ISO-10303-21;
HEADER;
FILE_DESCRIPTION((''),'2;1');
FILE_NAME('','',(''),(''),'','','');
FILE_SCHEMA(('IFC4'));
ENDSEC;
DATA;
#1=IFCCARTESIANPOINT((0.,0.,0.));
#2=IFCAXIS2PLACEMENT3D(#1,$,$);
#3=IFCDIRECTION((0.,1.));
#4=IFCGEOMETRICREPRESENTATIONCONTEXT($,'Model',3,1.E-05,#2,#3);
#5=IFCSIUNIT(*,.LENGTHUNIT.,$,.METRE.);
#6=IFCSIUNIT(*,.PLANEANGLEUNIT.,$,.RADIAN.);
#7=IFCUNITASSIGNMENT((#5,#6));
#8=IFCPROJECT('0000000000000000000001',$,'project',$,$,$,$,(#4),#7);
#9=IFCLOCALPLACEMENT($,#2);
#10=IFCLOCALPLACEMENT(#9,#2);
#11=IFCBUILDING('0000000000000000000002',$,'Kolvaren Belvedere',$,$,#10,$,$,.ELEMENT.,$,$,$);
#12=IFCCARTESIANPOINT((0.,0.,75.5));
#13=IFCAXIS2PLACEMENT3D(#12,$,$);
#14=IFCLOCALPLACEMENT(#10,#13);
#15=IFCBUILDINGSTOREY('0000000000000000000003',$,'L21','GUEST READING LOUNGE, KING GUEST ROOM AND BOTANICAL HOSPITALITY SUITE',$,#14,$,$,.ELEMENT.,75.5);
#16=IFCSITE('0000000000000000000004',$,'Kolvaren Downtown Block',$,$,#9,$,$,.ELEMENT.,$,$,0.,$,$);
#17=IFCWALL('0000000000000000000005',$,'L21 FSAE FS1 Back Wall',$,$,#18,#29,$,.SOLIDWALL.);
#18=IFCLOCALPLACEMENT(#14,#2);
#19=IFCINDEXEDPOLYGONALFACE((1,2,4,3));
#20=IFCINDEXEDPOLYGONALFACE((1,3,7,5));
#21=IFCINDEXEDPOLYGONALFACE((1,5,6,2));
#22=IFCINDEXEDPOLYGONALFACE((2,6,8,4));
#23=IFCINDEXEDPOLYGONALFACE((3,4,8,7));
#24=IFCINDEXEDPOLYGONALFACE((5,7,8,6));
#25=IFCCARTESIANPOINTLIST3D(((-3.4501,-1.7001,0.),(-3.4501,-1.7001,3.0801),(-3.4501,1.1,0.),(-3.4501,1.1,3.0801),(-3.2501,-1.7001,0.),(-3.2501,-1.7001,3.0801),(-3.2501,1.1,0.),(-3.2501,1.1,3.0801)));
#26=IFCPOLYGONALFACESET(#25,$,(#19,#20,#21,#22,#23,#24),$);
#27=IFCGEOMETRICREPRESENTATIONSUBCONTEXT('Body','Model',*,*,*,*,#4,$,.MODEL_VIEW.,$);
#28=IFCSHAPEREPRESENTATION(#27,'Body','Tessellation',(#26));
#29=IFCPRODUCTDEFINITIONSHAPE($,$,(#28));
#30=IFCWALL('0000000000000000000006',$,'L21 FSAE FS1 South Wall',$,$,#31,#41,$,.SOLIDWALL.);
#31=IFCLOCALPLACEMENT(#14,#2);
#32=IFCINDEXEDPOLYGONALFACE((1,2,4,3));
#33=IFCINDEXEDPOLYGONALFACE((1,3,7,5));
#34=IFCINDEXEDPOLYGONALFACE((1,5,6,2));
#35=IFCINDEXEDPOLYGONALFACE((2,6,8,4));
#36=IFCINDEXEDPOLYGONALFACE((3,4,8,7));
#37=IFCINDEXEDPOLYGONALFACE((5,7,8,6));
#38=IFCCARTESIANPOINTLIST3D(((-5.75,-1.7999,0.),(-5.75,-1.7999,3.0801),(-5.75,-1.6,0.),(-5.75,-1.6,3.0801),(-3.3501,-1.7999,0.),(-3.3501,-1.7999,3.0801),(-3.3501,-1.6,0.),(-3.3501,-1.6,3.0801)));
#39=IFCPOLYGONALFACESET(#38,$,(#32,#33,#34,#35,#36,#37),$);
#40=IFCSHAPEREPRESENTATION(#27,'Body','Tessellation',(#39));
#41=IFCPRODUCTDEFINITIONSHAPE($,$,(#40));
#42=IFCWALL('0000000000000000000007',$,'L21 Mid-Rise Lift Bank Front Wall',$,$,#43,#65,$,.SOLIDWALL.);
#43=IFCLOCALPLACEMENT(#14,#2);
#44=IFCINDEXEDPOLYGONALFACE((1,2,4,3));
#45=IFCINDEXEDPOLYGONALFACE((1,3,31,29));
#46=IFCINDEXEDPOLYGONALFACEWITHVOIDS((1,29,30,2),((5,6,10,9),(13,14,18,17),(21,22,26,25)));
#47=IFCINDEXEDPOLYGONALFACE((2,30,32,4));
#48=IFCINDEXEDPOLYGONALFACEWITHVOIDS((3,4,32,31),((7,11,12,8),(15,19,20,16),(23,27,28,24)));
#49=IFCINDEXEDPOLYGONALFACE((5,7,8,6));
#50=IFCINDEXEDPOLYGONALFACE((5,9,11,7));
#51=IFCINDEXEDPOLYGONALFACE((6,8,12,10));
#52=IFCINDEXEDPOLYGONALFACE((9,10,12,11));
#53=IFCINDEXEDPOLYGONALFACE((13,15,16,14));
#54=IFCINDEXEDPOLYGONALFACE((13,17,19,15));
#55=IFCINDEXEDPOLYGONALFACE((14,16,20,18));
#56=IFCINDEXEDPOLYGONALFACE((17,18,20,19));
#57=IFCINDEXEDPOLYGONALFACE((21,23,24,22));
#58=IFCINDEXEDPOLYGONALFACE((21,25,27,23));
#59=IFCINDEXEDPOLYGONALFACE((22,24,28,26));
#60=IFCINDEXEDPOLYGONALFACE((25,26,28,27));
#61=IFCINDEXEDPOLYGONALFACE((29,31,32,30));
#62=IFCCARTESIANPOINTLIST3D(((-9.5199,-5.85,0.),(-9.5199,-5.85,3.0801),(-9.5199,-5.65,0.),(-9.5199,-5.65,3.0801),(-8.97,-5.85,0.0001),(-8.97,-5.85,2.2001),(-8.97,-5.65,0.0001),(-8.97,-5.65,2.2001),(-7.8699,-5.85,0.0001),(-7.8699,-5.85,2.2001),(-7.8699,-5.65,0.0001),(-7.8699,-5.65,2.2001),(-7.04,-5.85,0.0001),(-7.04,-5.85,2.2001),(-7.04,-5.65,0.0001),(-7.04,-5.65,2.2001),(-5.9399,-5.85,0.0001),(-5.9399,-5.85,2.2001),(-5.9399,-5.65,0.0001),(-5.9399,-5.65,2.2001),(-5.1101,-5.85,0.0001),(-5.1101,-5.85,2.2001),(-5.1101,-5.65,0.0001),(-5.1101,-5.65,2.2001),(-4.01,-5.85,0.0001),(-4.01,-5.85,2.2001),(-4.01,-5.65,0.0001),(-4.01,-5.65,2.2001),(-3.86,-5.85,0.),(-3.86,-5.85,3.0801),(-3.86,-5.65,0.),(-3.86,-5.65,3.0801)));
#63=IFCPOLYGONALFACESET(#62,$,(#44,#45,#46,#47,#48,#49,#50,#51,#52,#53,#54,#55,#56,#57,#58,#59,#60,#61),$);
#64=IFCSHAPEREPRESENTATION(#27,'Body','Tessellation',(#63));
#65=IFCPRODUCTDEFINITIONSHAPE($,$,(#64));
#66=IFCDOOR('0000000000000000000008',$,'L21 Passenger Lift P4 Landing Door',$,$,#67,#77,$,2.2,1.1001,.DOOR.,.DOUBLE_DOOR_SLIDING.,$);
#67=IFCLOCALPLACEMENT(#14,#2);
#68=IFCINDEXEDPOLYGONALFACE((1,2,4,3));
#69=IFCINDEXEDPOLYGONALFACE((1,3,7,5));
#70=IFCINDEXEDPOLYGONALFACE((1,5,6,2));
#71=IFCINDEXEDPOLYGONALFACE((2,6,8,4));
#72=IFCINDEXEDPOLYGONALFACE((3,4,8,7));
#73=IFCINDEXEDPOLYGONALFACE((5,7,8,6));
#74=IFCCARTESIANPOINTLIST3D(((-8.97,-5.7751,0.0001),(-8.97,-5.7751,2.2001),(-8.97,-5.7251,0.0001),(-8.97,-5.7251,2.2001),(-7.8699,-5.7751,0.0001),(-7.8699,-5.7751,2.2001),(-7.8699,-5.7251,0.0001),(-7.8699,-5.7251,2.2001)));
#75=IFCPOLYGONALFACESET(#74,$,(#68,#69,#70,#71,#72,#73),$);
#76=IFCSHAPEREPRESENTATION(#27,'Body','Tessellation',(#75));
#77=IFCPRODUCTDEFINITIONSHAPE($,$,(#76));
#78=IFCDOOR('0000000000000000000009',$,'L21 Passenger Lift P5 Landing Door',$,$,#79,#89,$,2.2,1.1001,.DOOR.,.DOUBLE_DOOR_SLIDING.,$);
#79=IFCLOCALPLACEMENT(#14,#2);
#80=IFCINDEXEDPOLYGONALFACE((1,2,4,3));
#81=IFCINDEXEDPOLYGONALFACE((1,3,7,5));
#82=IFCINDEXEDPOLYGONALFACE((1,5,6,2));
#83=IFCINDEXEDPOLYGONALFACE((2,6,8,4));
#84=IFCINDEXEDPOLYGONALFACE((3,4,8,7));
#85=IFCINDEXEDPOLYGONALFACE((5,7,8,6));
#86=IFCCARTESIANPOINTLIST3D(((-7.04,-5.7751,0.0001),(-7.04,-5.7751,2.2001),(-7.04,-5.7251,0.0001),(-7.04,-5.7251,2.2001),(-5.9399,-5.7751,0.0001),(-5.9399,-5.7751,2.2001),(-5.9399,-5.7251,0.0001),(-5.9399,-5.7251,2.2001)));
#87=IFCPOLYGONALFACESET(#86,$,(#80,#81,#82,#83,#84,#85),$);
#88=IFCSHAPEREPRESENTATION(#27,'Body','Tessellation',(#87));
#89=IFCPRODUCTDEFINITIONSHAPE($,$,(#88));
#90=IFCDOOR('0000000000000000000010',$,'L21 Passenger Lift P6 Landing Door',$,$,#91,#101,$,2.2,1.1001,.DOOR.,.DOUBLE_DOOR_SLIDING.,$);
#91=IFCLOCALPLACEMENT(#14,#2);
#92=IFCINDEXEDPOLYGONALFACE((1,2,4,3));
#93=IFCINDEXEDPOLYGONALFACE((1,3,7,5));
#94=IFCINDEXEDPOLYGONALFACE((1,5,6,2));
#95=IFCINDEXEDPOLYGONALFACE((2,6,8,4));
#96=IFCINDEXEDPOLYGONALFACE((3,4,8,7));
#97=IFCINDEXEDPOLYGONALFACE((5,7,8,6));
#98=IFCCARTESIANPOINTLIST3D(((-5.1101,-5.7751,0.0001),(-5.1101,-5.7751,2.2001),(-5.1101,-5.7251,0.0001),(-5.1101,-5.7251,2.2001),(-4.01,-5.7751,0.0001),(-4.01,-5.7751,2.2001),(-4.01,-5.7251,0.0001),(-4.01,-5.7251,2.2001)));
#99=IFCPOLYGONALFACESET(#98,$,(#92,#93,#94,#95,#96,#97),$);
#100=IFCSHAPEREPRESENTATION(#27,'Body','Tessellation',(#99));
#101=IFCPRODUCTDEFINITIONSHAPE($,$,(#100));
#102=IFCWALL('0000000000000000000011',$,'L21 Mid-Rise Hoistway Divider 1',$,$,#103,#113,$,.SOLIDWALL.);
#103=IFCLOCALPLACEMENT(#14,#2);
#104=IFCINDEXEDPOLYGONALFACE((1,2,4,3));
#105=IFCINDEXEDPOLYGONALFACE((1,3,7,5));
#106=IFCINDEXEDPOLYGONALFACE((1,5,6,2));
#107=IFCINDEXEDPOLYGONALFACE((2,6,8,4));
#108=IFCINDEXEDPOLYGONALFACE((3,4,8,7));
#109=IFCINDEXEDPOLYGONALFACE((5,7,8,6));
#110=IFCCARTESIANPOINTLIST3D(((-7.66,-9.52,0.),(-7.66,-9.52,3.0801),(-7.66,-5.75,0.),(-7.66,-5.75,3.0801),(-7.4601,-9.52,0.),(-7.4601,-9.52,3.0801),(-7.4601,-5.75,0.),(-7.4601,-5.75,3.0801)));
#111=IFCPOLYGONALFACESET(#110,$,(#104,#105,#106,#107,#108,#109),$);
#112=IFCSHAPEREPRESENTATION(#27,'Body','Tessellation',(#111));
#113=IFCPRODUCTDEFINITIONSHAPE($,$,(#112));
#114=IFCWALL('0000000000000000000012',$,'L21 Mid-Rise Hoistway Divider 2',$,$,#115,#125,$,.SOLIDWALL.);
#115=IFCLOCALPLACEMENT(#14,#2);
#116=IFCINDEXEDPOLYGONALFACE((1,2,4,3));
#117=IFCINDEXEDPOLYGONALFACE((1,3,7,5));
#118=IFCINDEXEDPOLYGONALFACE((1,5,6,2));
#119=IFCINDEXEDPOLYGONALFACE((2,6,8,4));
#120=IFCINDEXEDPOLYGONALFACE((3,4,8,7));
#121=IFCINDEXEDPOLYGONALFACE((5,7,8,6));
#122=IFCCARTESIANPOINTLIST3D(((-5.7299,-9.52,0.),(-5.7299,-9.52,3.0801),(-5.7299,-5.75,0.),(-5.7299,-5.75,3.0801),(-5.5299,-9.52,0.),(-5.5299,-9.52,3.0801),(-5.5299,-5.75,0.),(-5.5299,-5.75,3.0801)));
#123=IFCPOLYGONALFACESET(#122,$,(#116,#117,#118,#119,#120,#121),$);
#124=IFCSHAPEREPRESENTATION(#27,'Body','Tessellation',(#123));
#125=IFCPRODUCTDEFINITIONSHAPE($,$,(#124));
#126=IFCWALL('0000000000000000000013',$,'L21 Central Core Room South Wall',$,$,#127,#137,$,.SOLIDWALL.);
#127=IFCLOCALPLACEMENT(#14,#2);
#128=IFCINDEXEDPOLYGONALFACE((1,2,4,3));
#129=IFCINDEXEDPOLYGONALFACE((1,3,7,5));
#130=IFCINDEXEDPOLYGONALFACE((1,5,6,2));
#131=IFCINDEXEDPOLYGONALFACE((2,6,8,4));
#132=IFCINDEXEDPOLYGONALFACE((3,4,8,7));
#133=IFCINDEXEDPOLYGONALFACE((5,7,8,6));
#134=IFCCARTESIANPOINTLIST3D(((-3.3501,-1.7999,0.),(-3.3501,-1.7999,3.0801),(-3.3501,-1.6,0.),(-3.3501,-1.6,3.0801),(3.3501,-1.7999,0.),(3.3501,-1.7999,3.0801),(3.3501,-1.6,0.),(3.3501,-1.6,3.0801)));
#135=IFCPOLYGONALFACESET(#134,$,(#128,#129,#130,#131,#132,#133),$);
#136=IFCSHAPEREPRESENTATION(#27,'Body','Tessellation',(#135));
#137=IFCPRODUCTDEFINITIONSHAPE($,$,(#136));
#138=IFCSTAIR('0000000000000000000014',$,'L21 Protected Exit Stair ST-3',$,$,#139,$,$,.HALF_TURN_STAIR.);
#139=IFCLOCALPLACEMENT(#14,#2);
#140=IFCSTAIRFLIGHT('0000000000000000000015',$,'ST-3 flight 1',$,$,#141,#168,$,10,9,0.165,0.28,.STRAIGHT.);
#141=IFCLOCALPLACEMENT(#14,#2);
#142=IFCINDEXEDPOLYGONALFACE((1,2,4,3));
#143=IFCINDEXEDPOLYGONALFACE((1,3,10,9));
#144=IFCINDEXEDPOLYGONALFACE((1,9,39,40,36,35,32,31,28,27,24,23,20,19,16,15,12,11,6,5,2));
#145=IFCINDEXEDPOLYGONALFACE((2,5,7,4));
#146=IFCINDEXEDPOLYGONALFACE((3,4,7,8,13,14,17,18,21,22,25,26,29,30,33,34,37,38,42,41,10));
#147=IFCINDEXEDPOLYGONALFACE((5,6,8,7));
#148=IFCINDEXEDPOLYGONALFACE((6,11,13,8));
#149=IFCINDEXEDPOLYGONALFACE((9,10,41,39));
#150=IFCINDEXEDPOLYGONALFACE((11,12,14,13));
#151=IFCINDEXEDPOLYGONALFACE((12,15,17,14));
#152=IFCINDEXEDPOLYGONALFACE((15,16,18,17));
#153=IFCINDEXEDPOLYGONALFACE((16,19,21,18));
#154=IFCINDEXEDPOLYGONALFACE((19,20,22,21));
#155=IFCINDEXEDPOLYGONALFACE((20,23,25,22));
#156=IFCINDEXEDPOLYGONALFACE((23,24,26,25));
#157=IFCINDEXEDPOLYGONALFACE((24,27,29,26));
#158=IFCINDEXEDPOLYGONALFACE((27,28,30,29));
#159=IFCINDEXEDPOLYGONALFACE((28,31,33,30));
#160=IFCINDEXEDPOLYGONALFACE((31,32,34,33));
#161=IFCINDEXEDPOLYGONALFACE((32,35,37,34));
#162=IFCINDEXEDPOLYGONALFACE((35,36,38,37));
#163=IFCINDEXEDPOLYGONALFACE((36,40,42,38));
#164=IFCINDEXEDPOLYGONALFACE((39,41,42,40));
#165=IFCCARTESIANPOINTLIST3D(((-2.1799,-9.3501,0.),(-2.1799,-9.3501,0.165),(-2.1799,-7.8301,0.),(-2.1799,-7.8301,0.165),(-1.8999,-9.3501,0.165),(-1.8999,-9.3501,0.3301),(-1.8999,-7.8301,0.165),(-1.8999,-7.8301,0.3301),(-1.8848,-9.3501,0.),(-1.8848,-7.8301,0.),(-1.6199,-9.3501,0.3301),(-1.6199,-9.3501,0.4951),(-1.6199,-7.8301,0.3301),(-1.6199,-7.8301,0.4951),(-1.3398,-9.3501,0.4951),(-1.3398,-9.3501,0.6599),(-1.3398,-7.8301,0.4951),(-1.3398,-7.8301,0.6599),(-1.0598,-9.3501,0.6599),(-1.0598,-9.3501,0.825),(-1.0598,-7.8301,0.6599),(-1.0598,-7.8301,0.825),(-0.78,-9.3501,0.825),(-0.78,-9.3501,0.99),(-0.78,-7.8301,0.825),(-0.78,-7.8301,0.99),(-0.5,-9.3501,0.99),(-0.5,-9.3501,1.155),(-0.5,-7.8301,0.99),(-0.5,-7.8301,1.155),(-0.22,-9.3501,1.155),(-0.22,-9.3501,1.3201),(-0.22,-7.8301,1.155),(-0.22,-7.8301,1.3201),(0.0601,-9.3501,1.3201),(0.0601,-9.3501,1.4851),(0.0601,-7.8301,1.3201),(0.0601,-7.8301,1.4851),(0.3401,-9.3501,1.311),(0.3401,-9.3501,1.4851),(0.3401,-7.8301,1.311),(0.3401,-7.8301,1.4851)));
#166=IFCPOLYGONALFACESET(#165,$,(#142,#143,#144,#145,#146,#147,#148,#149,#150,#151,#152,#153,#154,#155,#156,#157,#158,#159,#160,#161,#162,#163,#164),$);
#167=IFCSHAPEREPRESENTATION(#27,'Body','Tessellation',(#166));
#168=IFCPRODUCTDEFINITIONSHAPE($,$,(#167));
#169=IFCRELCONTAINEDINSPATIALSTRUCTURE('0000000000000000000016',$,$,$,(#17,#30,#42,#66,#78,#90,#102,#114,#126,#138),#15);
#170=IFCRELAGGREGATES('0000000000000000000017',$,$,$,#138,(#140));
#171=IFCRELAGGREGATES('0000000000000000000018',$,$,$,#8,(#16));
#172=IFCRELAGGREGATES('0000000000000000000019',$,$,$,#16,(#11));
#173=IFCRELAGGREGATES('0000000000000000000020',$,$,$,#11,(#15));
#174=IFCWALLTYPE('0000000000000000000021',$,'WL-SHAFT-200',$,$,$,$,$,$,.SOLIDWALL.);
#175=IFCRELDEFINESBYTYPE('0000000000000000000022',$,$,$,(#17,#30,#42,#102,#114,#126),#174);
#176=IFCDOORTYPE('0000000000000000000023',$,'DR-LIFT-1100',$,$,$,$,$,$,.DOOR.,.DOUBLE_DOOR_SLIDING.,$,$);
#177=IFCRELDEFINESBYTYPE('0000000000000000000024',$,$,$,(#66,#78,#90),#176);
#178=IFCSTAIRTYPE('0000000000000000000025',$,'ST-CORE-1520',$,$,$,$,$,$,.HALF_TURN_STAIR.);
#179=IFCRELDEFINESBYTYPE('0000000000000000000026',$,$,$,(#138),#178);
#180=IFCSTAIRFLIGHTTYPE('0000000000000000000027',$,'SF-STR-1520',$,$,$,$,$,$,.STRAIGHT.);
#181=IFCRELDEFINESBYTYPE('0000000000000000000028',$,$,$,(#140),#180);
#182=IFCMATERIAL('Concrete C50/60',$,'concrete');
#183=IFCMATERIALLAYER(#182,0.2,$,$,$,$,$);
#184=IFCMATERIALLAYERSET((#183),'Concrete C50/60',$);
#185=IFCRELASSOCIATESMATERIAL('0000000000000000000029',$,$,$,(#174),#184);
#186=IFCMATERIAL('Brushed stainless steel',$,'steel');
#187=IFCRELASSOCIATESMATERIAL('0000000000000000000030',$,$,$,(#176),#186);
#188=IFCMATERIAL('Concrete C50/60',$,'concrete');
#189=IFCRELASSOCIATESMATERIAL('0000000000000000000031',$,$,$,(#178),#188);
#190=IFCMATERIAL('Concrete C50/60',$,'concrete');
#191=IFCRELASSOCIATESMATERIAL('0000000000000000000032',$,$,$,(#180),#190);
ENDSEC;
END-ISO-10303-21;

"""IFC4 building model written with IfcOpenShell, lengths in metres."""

from ifc_helpers import new_model, si_unit, direction, frame, frame_2d, origin, place, context, subcontext, project, spatial, polyline, rectangle, outline, extrude, material, layer, layer_set, type_object, element, fill, aggregate, save


model = new_model("IFC4")

# Units and contexts
model_context = context("Model", 3, precision=1e-05, world=origin(), true_north=direction((0.0, 1.0)))
body_context = subcontext(model_context, "Body", "Model", "MODEL_VIEW")
ifc_project = project(units=[si_unit("LENGTHUNIT", "METRE"), si_unit("PLANEANGLEUNIT", "RADIAN")], contexts=[model_context])

# Site, building, storey
site_placement = place(None, origin())
site = spatial("IfcSite", under=ifc_project, at=site_placement, Name="Kolvaren Downtown Block", CompositionType="ELEMENT", RefElevation=0.0)
building_placement = place(site_placement, origin())
building = spatial("IfcBuilding", under=site, at=building_placement, Name="Kolvaren Belvedere", CompositionType="ELEMENT")
storey_placement = place(building_placement, frame((0.0, 0.0, 75.5)))
storey = spatial("IfcBuildingStorey", under=building, at=storey_placement, Name="L21", Description="GUEST READING LOUNGE, KING GUEST ROOM AND BOTANICAL HOSPITALITY SUITE", CompositionType="ELEMENT", Elevation=75.5)

# Shared definitions
ifc_material_1 = material(Name="Concrete C50/60", Category="concrete")
ifc_layer_1 = layer(ifc_material_1, 0.2)
ifc_layer_set_1 = layer_set([ifc_layer_1], Name="Concrete C50/60")
wall_type_1 = type_object("IfcWallType", Name="WL-SHAFT-200", PredefinedType="SOLIDWALL", material=ifc_layer_set_1)
ifc_material_2 = material(Name="Brushed stainless steel", Category="steel")
door_type_1 = type_object("IfcDoorType", Name="DR-LIFT-1100", OperationType="DOUBLE_DOOR_SLIDING", PredefinedType="DOOR", material=ifc_material_2)

# Walls
wall_1_placement = place(storey_placement, frame((-3.3501, -1.7, 0.0), z_axis=(0.0, 0.0, 1.0), x_axis=(0.0, 1.0, 0.0)))
element("IfcWall", 1, at=wall_1_placement, inside=storey, type_object=wall_type_1, Name="L21 FSAE FS1 Back Wall", PredefinedType="SOLIDWALL", context=body_context, shape_type="SweptSolid", body=[
    extrude(rectangle(XDim=2.8, YDim=0.2, at=frame_2d((1.3999, 0.0))), origin(), (0.0, 0.0, 1.0), 3.0801),
])
wall_2_placement = place(storey_placement, frame((-5.75, -1.7, 0.0), z_axis=(0.0, 0.0, 1.0), x_axis=(1.0, 0.0, 0.0)))
element("IfcWall", 2, at=wall_2_placement, inside=storey, type_object=wall_type_1, Name="L21 FSAE FS1 South Wall", PredefinedType="SOLIDWALL", context=body_context, shape_type="SweptSolid", body=[
    extrude(rectangle(XDim=2.3999, YDim=0.2, at=frame_2d((1.2, 0.0))), origin(), (0.0, 0.0, 1.0), 3.0801),
])

# Wall, openings, doors
wall_3_placement = place(storey_placement, frame((-9.52, -5.75, 0.0), z_axis=(0.0, 0.0, 1.0), x_axis=(1.0, 0.0, 0.0)))
wall_3 = element("IfcWall", 3, at=wall_3_placement, inside=storey, type_object=wall_type_1, Name="L21 Mid-Rise Lift Bank Front Wall", PredefinedType="SOLIDWALL", context=body_context, shape_type="SweptSolid", body=[
    extrude(rectangle(XDim=5.6599, YDim=0.2, at=frame_2d((2.8301, 0.0))), origin(), (0.0, 0.0, 1.0), 3.0801),
])
opening_1_placement = place(wall_3_placement, frame((0.55, 0.0, 0.0)))
opening_1 = element("IfcOpeningElement", 4, at=opening_1_placement, cuts=wall_3, PredefinedType="OPENING", context=body_context, shape_type="SweptSolid", body=[
    extrude(rectangle(XDim=1.1001, YDim=2.2, at=frame_2d((0.55, 1.1001))), frame((0.0, 0.1099, 0.0), z_axis=(0.0, -1.0, 0.0), x_axis=(1.0, 0.0, 0.0)), (0.0, 0.0, 1.0), 0.22),
])
opening_2_placement = place(wall_3_placement, frame((2.48, 0.0, 0.0)))
opening_2 = element("IfcOpeningElement", 5, at=opening_2_placement, cuts=wall_3, PredefinedType="OPENING", context=body_context, shape_type="SweptSolid", body=[
    extrude(rectangle(XDim=1.1001, YDim=2.2, at=frame_2d((0.55, 1.1001))), frame((0.0, 0.1099, 0.0), z_axis=(0.0, -1.0, 0.0), x_axis=(1.0, 0.0, 0.0)), (0.0, 0.0, 1.0), 0.22),
])
opening_3_placement = place(wall_3_placement, frame((4.4099, 0.0, 0.0)))
opening_3 = element("IfcOpeningElement", 6, at=opening_3_placement, cuts=wall_3, PredefinedType="OPENING", context=body_context, shape_type="SweptSolid", body=[
    extrude(rectangle(XDim=1.1001, YDim=2.2, at=frame_2d((0.55, 1.1001))), frame((0.0, 0.1099, 0.0), z_axis=(0.0, -1.0, 0.0), x_axis=(1.0, 0.0, 0.0)), (0.0, 0.0, 1.0), 0.22),
])
door_1_placement = place(opening_1_placement, origin())
door_1 = element("IfcDoor", 7, at=door_1_placement, inside=storey, type_object=door_type_1, Name="L21 Passenger Lift P4 Landing Door", OperationType="DOUBLE_DOOR_SLIDING", OverallHeight=2.2, OverallWidth=1.1001, PredefinedType="DOOR", context=body_context, shape_type="SweptSolid", body=[
    extrude(rectangle(XDim=1.1001, YDim=2.2, at=frame_2d((0.55, 1.1001))), frame((0.0, 0.0249, 0.0), z_axis=(0.0, -1.0, 0.0), x_axis=(1.0, 0.0, 0.0)), (0.0, 0.0, 1.0), 0.05),
])
fill(opening_1, door_1)
door_2_placement = place(opening_2_placement, origin())
door_2 = element("IfcDoor", 8, at=door_2_placement, inside=storey, type_object=door_type_1, Name="L21 Passenger Lift P5 Landing Door", OperationType="DOUBLE_DOOR_SLIDING", OverallHeight=2.2, OverallWidth=1.1001, PredefinedType="DOOR", context=body_context, shape_type="SweptSolid", body=[
    extrude(rectangle(XDim=1.1001, YDim=2.2, at=frame_2d((0.55, 1.1001))), frame((0.0, 0.0249, 0.0), z_axis=(0.0, -1.0, 0.0), x_axis=(1.0, 0.0, 0.0)), (0.0, 0.0, 1.0), 0.05),
])
fill(opening_2, door_2)
door_3_placement = place(opening_3_placement, origin())
door_3 = element("IfcDoor", 9, at=door_3_placement, inside=storey, type_object=door_type_1, Name="L21 Passenger Lift P6 Landing Door", OperationType="DOUBLE_DOOR_SLIDING", OverallHeight=2.2, OverallWidth=1.1001, PredefinedType="DOOR", context=body_context, shape_type="SweptSolid", body=[
    extrude(rectangle(XDim=1.1001, YDim=2.2, at=frame_2d((0.55, 1.1001))), frame((0.0, 0.0249, 0.0), z_axis=(0.0, -1.0, 0.0), x_axis=(1.0, 0.0, 0.0)), (0.0, 0.0, 1.0), 0.05),
])
fill(opening_3, door_3)

# Walls
for number, where, z_axis, x_axis, name in (
    (10, (-7.5601, -9.52, 0.0), (0.0, 0.0, 1.0), (0.0, 1.0, 0.0), "L21 Mid-Rise Hoistway Divider 1"),
    (11, (-5.6299, -9.52, 0.0), (0.0, 0.0, 1.0), (0.0, 1.0, 0.0), "L21 Mid-Rise Hoistway Divider 2"),
):
    element("IfcWall", number, at=place(storey_placement, frame(where, z_axis=z_axis, x_axis=x_axis)), inside=storey, type_object=wall_type_1, Name=name, PredefinedType="SOLIDWALL", context=body_context, shape_type="SweptSolid", body=[
        extrude(rectangle(XDim=3.77, YDim=0.2, at=frame_2d((1.885, 0.0))), origin(), (0.0, 0.0, 1.0), 3.0801),
    ])
wall_4_placement = place(storey_placement, frame((-3.3501, -1.7, 0.0), z_axis=(0.0, 0.0, 1.0), x_axis=(1.0, 0.0, 0.0)))
element("IfcWall", 12, at=wall_4_placement, inside=storey, type_object=wall_type_1, Name="L21 Central Core Room South Wall", PredefinedType="SOLIDWALL", context=body_context, shape_type="SweptSolid", body=[
    extrude(rectangle(XDim=6.7002, YDim=0.2, at=frame_2d((3.3501, 0.0))), origin(), (0.0, 0.0, 1.0), 3.0801),
])

# Stair, stair flight
ifc_material_3 = material(Name="Concrete C50/60", Category="concrete")
stair_type = type_object("IfcStairType", Name="ST-CORE-1520", PredefinedType="HALF_TURN_STAIR", material=ifc_material_3)
stair_placement = place(storey_placement, origin())
stair = element("IfcStair", 13, at=stair_placement, inside=storey, type_object=stair_type, Name="L21 Protected Exit Stair ST-3", PredefinedType="HALF_TURN_STAIR")
ifc_material_4 = material(Name="Concrete C50/60", Category="concrete")
stair_flight_type = type_object("IfcStairFlightType", Name="SF-STR-1520", PredefinedType="STRAIGHT", material=ifc_material_4)
stair_flight_placement = place(storey_placement, frame((-2.1799, -8.5901, 0.0), z_axis=(0.0, 0.0, 1.0), x_axis=(1.0, 0.0, 0.0)))
stair_flight = element("IfcStairFlight", 14, at=stair_flight_placement, type_object=stair_flight_type, Name="ST-3 flight 1", NumberOfRisers=10, NumberOfTreads=9, PredefinedType="STRAIGHT", RiserHeight=0.165, TreadLength=0.28, context=body_context, shape_type="SweptSolid", body=[
    extrude(outline(polyline([(0.0, 0.0), (0.0, 0.165), (0.28, 0.165), (0.28, 0.3301), (0.5601, 0.3301), (0.5601, 0.4951), (0.8401, 0.4951), (0.8401, 0.6599), (1.1201, 0.6599), (1.1201, 0.825), (1.3999, 0.825), (1.3999, 0.99), (1.6799, 0.99), (1.6799, 1.155), (1.96, 1.155), (1.96, 1.3201), (2.24, 1.3201), (2.24, 1.4851), (2.52, 1.4851), (2.52, 1.6499), (2.52, 1.311), (0.2952, 0.0), (0.0, 0.0)])), frame((0.0, 0.76, 0.0), z_axis=(0.0, -1.0, 0.0), x_axis=(1.0, 0.0, 0.0)), (0.0, 0.0, 1.0), 1.52),
])
aggregate(stair, [stair_flight])

save(model, "model.ifc")
